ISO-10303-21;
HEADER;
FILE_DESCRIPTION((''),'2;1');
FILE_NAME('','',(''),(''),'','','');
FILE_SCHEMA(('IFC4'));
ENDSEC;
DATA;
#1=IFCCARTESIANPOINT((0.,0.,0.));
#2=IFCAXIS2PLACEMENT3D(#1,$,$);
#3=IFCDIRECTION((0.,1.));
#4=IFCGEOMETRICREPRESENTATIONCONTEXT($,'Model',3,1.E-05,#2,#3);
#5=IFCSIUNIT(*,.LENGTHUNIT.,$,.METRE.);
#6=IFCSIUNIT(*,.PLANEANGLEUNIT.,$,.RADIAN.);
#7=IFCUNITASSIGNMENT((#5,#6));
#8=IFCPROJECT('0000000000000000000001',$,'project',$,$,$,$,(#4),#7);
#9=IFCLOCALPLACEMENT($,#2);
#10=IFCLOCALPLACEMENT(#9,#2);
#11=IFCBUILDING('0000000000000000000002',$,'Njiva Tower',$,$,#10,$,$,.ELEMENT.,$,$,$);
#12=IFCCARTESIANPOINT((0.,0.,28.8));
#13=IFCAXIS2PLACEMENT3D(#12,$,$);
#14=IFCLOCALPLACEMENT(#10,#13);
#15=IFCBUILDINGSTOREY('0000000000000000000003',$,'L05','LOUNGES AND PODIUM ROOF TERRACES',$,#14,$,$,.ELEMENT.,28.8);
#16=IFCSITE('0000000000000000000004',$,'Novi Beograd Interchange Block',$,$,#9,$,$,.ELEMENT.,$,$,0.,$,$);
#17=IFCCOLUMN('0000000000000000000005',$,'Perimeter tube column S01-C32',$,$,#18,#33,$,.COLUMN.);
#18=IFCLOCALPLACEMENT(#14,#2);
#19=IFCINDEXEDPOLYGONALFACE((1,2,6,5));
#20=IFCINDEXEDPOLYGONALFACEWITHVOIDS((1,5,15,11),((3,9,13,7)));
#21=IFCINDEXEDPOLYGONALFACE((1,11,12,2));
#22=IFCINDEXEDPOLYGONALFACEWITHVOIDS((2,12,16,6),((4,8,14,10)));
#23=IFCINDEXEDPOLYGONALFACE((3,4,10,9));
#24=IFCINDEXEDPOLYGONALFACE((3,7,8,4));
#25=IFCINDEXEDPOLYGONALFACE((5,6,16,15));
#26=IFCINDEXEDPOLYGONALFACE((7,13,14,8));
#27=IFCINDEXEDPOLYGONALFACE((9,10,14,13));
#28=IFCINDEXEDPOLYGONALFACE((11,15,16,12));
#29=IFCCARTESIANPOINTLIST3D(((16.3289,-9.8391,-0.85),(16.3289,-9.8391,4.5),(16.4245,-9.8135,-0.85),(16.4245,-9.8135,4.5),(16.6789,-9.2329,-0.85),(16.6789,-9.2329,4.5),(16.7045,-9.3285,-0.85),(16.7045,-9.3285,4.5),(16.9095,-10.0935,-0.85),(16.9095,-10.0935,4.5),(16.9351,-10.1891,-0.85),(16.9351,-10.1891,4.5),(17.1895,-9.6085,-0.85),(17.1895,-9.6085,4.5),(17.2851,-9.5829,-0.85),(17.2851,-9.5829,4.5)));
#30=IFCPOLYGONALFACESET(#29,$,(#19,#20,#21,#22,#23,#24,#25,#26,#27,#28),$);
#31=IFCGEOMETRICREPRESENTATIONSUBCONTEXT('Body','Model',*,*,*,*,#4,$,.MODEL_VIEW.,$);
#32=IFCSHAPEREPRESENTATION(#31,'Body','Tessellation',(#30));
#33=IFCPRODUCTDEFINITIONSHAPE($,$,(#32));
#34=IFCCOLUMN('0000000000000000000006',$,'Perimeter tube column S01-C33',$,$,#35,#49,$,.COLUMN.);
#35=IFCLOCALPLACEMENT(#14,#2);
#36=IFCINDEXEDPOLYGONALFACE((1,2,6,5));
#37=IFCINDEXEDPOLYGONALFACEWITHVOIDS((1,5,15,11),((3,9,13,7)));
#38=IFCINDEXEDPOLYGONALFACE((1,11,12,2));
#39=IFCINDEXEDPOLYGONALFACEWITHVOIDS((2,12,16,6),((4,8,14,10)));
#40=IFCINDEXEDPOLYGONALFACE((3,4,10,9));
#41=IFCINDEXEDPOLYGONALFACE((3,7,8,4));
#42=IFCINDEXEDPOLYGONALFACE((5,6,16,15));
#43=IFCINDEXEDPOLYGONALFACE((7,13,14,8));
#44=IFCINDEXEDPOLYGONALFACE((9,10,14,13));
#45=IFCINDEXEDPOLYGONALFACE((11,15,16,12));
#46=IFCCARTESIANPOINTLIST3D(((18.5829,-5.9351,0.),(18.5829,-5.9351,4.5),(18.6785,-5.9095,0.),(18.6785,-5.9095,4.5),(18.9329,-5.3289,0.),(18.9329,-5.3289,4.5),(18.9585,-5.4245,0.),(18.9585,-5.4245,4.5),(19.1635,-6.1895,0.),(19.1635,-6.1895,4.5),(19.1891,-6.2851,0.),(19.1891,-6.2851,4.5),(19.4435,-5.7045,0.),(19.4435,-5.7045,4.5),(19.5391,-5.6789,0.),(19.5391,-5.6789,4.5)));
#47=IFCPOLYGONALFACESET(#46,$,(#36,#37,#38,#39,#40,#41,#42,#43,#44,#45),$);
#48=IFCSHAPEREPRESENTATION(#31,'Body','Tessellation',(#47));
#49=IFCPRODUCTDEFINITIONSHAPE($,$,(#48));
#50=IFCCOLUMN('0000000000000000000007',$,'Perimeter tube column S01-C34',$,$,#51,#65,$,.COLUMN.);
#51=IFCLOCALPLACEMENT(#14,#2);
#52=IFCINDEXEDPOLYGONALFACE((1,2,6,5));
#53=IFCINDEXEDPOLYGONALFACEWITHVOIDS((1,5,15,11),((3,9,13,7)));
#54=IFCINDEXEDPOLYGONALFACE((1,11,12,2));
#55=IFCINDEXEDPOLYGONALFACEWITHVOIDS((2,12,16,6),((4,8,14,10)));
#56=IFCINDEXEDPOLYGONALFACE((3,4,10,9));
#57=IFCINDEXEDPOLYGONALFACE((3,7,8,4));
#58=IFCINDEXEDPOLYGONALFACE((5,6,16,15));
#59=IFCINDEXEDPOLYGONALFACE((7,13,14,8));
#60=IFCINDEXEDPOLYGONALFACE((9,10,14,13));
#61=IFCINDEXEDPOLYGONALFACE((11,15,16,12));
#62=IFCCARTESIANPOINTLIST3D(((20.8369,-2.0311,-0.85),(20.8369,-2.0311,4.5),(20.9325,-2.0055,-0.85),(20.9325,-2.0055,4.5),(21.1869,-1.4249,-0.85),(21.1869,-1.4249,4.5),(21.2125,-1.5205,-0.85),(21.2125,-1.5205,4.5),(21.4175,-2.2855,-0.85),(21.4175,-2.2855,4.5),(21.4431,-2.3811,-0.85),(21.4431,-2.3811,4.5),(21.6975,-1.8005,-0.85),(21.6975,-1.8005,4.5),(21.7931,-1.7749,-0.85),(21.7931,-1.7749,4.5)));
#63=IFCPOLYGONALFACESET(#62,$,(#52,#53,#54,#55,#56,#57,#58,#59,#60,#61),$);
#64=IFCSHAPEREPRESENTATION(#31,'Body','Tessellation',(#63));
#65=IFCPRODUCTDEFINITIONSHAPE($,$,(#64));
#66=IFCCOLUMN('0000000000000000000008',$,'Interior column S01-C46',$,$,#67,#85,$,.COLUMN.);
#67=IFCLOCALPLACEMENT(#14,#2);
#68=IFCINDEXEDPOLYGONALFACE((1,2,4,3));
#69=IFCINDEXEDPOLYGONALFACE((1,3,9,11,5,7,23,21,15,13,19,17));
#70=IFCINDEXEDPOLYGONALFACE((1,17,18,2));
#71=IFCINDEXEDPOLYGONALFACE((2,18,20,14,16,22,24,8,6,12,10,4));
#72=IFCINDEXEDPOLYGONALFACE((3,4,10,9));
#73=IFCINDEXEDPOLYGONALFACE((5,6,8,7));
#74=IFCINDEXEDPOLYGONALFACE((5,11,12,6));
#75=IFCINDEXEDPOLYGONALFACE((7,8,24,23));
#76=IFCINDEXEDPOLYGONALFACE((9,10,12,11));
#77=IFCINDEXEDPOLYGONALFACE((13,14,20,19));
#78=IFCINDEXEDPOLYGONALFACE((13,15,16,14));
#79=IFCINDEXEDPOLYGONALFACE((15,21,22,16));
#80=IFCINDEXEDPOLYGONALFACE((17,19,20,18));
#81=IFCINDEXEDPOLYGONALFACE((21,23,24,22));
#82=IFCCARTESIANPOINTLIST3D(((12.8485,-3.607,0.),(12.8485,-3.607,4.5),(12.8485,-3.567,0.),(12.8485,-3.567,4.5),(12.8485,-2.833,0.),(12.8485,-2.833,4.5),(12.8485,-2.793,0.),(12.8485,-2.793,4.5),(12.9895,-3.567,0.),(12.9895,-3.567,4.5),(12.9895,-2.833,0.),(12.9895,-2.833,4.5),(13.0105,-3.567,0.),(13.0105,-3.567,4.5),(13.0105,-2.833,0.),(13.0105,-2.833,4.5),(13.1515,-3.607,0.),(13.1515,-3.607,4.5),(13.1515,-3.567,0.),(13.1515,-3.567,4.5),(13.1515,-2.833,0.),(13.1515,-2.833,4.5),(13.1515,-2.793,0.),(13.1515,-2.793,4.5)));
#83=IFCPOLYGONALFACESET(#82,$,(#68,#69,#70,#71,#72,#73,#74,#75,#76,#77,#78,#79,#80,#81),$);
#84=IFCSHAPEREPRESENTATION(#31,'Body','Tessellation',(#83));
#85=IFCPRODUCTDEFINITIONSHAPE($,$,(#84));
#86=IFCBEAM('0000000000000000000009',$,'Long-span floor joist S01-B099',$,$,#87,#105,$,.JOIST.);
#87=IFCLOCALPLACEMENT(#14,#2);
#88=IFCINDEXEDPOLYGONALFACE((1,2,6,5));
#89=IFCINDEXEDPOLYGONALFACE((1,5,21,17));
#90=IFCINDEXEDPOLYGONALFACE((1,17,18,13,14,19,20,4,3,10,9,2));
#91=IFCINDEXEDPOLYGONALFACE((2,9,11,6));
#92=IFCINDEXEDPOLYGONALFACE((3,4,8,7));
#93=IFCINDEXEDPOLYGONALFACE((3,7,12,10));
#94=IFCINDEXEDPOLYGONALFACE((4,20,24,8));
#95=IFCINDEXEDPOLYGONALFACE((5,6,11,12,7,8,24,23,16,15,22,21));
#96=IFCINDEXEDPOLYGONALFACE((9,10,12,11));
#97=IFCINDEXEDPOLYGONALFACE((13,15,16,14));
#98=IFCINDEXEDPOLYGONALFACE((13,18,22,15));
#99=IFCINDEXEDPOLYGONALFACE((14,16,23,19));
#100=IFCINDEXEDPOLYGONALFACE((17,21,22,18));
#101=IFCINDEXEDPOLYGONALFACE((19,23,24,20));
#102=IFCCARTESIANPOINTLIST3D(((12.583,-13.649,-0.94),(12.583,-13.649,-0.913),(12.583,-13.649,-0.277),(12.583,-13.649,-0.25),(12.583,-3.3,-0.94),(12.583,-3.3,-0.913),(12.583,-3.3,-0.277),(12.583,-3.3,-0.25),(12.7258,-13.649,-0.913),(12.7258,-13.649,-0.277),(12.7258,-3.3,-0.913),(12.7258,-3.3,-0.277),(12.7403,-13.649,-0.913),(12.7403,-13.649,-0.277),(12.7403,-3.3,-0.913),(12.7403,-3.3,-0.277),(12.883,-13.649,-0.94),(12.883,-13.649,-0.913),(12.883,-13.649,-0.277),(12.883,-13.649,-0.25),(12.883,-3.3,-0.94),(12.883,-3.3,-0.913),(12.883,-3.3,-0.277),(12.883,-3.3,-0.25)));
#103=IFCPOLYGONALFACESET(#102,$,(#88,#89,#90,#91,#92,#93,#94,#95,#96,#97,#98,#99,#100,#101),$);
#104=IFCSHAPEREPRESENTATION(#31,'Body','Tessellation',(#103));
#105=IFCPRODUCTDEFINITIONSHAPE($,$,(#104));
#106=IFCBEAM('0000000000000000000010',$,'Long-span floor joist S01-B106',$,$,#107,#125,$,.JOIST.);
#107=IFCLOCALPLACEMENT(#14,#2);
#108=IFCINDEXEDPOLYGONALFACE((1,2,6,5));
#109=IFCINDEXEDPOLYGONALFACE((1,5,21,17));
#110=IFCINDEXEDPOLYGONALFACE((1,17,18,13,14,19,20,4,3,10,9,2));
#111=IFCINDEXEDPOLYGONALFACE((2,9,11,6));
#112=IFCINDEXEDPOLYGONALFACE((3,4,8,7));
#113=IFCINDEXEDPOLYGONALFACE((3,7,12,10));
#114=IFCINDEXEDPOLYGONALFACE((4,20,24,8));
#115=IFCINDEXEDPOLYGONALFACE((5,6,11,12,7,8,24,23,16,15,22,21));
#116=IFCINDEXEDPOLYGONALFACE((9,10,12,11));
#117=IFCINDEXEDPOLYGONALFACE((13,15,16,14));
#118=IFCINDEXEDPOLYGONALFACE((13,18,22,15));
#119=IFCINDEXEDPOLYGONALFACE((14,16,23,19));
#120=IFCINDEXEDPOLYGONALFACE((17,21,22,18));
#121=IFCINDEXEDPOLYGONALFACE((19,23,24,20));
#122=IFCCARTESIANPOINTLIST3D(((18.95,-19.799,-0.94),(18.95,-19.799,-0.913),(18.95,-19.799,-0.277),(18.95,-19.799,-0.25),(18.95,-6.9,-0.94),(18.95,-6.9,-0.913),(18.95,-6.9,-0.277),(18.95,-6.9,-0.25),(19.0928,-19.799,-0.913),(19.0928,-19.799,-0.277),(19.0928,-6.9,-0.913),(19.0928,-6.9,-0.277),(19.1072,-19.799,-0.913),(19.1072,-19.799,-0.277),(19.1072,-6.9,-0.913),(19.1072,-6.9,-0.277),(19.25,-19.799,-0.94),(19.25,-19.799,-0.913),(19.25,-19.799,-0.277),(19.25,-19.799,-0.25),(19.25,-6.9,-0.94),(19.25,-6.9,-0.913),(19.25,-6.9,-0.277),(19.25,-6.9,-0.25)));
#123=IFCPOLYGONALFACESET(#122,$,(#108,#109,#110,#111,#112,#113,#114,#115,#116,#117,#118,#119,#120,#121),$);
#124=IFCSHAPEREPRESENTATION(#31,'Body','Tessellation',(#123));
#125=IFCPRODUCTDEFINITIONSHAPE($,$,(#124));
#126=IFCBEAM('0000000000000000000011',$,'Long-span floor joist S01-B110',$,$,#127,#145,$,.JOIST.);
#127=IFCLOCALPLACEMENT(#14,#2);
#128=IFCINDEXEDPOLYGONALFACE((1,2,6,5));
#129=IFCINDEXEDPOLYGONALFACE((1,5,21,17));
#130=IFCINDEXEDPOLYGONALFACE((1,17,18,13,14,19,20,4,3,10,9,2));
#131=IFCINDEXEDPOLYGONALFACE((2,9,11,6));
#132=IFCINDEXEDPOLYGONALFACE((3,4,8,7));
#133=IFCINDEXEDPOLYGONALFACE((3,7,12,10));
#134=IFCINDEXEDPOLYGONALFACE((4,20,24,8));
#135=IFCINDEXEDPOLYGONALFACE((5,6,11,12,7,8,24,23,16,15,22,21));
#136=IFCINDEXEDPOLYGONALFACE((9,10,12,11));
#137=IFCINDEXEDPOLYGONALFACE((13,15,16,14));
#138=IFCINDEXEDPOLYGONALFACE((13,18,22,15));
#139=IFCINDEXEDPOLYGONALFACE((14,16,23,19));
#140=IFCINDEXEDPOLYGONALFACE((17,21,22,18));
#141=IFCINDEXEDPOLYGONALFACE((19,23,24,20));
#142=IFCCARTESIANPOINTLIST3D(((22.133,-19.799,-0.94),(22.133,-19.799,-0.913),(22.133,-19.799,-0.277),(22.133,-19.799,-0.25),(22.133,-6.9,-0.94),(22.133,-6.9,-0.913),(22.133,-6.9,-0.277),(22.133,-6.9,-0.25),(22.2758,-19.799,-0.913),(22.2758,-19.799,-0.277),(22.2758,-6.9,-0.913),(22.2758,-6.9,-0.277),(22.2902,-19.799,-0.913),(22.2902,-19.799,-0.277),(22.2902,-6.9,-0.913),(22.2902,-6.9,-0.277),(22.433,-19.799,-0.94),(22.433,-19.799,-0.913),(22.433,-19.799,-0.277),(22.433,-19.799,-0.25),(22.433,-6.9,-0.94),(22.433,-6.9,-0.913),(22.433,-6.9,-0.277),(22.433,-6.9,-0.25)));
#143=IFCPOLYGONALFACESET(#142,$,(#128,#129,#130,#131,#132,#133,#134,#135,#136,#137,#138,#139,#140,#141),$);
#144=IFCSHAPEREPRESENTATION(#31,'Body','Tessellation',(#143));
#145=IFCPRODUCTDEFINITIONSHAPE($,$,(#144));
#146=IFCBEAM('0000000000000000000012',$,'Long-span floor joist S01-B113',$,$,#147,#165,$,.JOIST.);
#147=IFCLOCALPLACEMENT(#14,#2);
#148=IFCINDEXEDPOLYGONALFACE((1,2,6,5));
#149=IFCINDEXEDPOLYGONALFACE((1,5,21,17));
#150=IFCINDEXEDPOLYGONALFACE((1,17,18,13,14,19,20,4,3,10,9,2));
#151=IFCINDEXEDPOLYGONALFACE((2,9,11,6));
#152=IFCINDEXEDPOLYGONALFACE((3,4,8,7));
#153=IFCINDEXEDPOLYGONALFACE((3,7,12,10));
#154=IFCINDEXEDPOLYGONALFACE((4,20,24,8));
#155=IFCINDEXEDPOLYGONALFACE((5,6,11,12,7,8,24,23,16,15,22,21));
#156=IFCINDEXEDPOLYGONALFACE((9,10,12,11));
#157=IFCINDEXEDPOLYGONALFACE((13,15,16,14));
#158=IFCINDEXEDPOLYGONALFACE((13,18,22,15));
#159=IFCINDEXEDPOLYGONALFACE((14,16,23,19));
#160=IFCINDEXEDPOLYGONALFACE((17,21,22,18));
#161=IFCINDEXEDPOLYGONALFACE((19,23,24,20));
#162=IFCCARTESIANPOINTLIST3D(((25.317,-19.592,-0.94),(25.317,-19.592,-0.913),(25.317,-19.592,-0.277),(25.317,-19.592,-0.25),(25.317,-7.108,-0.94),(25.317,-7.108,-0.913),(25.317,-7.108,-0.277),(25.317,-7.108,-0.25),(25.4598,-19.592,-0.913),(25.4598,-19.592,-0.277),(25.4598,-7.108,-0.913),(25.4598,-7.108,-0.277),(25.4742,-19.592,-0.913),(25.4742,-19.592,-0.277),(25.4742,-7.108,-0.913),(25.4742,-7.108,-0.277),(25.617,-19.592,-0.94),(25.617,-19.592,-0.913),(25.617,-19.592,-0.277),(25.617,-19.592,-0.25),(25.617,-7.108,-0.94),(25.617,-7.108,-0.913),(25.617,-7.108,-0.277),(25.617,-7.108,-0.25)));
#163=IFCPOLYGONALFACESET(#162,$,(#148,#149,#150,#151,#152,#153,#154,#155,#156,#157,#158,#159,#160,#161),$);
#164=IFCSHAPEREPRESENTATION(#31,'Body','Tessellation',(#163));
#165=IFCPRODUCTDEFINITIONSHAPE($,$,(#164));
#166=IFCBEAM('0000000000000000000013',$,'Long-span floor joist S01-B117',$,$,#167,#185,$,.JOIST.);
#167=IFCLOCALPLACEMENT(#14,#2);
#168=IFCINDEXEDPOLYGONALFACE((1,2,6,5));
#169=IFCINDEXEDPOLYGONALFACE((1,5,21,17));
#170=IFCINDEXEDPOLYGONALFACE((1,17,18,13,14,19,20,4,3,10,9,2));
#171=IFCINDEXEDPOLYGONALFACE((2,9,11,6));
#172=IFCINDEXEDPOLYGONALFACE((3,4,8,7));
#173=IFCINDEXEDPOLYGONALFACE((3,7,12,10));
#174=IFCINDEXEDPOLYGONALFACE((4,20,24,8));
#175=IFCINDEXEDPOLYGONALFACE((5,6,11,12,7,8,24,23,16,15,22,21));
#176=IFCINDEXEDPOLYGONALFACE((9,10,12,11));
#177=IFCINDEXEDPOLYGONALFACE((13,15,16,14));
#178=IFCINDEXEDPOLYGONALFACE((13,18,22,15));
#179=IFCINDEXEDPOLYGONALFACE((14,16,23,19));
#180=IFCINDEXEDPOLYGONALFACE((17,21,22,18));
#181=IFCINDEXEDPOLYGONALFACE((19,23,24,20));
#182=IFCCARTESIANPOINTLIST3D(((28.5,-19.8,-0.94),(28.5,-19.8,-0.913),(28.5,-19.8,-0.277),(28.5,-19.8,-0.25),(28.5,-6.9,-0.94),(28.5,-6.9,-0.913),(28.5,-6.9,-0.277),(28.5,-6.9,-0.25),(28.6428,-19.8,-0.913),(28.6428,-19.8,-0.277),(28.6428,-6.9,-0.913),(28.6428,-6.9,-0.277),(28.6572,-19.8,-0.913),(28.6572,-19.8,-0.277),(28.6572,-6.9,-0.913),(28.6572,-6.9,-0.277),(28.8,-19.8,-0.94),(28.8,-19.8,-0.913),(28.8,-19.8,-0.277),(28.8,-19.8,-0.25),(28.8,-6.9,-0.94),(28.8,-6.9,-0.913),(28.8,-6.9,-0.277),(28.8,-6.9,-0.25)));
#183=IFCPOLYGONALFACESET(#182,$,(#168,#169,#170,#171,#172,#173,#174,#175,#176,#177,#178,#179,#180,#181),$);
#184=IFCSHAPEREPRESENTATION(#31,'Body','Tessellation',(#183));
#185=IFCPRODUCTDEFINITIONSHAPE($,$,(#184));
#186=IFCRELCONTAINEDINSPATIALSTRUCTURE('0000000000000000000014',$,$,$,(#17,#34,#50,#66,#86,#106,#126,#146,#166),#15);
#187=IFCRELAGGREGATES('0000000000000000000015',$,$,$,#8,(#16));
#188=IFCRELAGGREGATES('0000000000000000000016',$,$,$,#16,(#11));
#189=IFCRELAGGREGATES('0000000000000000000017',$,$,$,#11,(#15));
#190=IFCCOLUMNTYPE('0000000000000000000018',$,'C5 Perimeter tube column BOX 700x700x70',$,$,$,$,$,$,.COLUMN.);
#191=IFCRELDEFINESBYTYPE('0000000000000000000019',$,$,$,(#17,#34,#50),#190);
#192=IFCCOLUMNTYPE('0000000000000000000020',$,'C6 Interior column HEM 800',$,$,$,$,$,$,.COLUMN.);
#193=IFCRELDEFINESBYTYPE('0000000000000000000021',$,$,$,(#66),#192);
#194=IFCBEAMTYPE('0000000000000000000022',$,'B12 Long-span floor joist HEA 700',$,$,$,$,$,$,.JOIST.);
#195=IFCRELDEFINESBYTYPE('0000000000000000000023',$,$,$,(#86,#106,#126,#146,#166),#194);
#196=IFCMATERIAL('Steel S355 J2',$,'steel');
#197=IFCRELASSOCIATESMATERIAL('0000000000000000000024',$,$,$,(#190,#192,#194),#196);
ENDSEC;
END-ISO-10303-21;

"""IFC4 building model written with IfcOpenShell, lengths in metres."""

from ifc_helpers import new_model, si_unit, direction, frame, origin, origin_2d, place, context, subcontext, project, spatial, hollow_rectangle, i_section, extrude, material, material_profile, profile_set, type_object, element, save


model = new_model("IFC4")

# Units and contexts
model_context = context("Model", 3, precision=1e-05, world=origin(), true_north=direction((0.0, 1.0)))
body_context = subcontext(model_context, "Body", "Model", "MODEL_VIEW")
ifc_project = project(units=[si_unit("LENGTHUNIT", "METRE"), si_unit("PLANEANGLEUNIT", "RADIAN")], contexts=[model_context])

# Site, building, storey
site_placement = place(None, origin())
site = spatial("IfcSite", under=ifc_project, at=site_placement, Name="Novi Beograd Interchange Block", CompositionType="ELEMENT", RefElevation=0.0)
building_placement = place(site_placement, origin())
building = spatial("IfcBuilding", under=site, at=building_placement, Name="Njiva Tower", CompositionType="ELEMENT")
storey_placement = place(building_placement, frame((0.0, 0.0, 28.8)))
storey = spatial("IfcBuildingStorey", under=building, at=storey_placement, Name="L05", Description="LOUNGES AND PODIUM ROOF TERRACES", CompositionType="ELEMENT", Elevation=28.8)

# Columns
ifc_material_1 = material(Name="Steel S355 J2", Category="steel")
ifc_material_profile_1 = material_profile(ifc_material_1, hollow_rectangle(XDim=0.7, YDim=0.7, WallThickness=0.07, at=origin_2d()), Name="BOX 700x700x70")
ifc_profile_set_1 = profile_set([ifc_material_profile_1], Name="Steel S355 J2")
column_type_1 = type_object("IfcColumnType", Name="C5 Perimeter tube column BOX 700x700x70", PredefinedType="COLUMN", material=ifc_profile_set_1)
column_1_placement = place(storey_placement, frame((16.807, -9.711, -0.85), z_axis=(0.0, 0.0, 1.0), x_axis=(0.5, 0.866025, 0.0)))
element("IfcColumn", 1, at=column_1_placement, inside=storey, type_object=column_type_1, Name="Perimeter tube column S01-C32", PredefinedType="COLUMN", context=body_context, shape_type="SweptSolid", body=[
    extrude(hollow_rectangle(XDim=0.7, YDim=0.7, WallThickness=0.07, at=origin_2d()), origin(), (0.0, 0.0, 1.0), 5.35),
])
column_2_placement = place(storey_placement, frame((19.061, -5.807, 0.0), z_axis=(0.0, 0.0, 1.0), x_axis=(0.5, 0.866025, 0.0)))
element("IfcColumn", 2, at=column_2_placement, inside=storey, type_object=column_type_1, Name="Perimeter tube column S01-C33", PredefinedType="COLUMN", context=body_context, shape_type="SweptSolid", body=[
    extrude(hollow_rectangle(XDim=0.7, YDim=0.7, WallThickness=0.07, at=origin_2d()), origin(), (0.0, 0.0, 1.0), 4.5),
])
column_3_placement = place(storey_placement, frame((21.315, -1.903, -0.85), z_axis=(0.0, 0.0, 1.0), x_axis=(0.5, 0.866025, 0.0)))
element("IfcColumn", 3, at=column_3_placement, inside=storey, type_object=column_type_1, Name="Perimeter tube column S01-C34", PredefinedType="COLUMN", context=body_context, shape_type="SweptSolid", body=[
    extrude(hollow_rectangle(XDim=0.7, YDim=0.7, WallThickness=0.07, at=origin_2d()), origin(), (0.0, 0.0, 1.0), 5.35),
])
ifc_material_profile_2 = material_profile(ifc_material_1, i_section(OverallWidth=0.303, OverallDepth=0.814, WebThickness=0.021, FlangeThickness=0.04, at=origin_2d()), Name="HEM 800")
ifc_profile_set_2 = profile_set([ifc_material_profile_2], Name="Steel S355 J2")
column_type_2 = type_object("IfcColumnType", Name="C6 Interior column HEM 800", PredefinedType="COLUMN", material=ifc_profile_set_2)
column_4_placement = place(storey_placement, frame((13.0, -3.2, 0.0), z_axis=(0.0, 0.0, 1.0), x_axis=(1.0, 0.0, 0.0)))
element("IfcColumn", 4, at=column_4_placement, inside=storey, type_object=column_type_2, Name="Interior column S01-C46", PredefinedType="COLUMN", context=body_context, shape_type="SweptSolid", body=[
    extrude(i_section(OverallWidth=0.303, OverallDepth=0.814, WebThickness=0.021, FlangeThickness=0.04, at=origin_2d()), origin(), (0.0, 0.0, 1.0), 4.5),
])

# Beams
ifc_material_profile_3 = material_profile(ifc_material_1, i_section(OverallWidth=0.3, OverallDepth=0.69, WebThickness=0.0145, FlangeThickness=0.027, at=origin_2d()), Name="HEA 700")
ifc_profile_set_3 = profile_set([ifc_material_profile_3], Name="Steel S355 J2")
beam_type_1 = type_object("IfcBeamType", Name="B12 Long-span floor joist HEA 700", PredefinedType="JOIST", material=ifc_profile_set_3)
beam_1_placement = place(storey_placement, frame((12.733, -3.3, -0.595), z_axis=(0.0, -1.0, 0.0), x_axis=(1.0, 0.0, 0.0)))
element("IfcBeam", 5, at=beam_1_placement, inside=storey, type_object=beam_type_1, Name="Long-span floor joist S01-B099", PredefinedType="JOIST", context=body_context, shape_type="SweptSolid", body=[
    extrude(i_section(OverallWidth=0.3, OverallDepth=0.69, WebThickness=0.0145, FlangeThickness=0.027, at=origin_2d()), origin(), (0.0, 0.0, 1.0), 10.349),
])
for number, where, z_axis, x_axis, name in (
    (6, (19.1, -6.9, -0.595), (0.0, -1.0, 0.0), (1.0, 0.0, 0.0), "Long-span floor joist S01-B106"),
    (7, (22.283, -6.9, -0.595), (0.0, -1.0, 0.0), (1.0, 0.0, 0.0), "Long-span floor joist S01-B110"),
):
    element("IfcBeam", number, at=place(storey_placement, frame(where, z_axis=z_axis, x_axis=x_axis)), inside=storey, type_object=beam_type_1, Name=name, PredefinedType="JOIST", context=body_context, shape_type="SweptSolid", body=[
        extrude(i_section(OverallWidth=0.3, OverallDepth=0.69, WebThickness=0.0145, FlangeThickness=0.027, at=origin_2d()), origin(), (0.0, 0.0, 1.0), 12.899),
    ])
beam_2_placement = place(storey_placement, frame((25.467, -7.108, -0.595), z_axis=(0.0, -1.0, 0.0), x_axis=(1.0, 0.0, 0.0)))
element("IfcBeam", 8, at=beam_2_placement, inside=storey, type_object=beam_type_1, Name="Long-span floor joist S01-B113", PredefinedType="JOIST", context=body_context, shape_type="SweptSolid", body=[
    extrude(i_section(OverallWidth=0.3, OverallDepth=0.69, WebThickness=0.0145, FlangeThickness=0.027, at=origin_2d()), origin(), (0.0, 0.0, 1.0), 12.484),
])
for number, where, z_axis, x_axis, name in (
    (9, (28.65, -6.9, -0.595), (0.0, -1.0, 0.0), (1.0, 0.0, 0.0), "Long-span floor joist S01-B117"),
):
    element("IfcBeam", number, at=place(storey_placement, frame(where, z_axis=z_axis, x_axis=x_axis)), inside=storey, type_object=beam_type_1, Name=name, PredefinedType="JOIST", context=body_context, shape_type="SweptSolid", body=[
        extrude(i_section(OverallWidth=0.3, OverallDepth=0.69, WebThickness=0.0145, FlangeThickness=0.027, at=origin_2d()), origin(), (0.0, 0.0, 1.0), 12.9),
    ])

save(model, "model.ifc")
